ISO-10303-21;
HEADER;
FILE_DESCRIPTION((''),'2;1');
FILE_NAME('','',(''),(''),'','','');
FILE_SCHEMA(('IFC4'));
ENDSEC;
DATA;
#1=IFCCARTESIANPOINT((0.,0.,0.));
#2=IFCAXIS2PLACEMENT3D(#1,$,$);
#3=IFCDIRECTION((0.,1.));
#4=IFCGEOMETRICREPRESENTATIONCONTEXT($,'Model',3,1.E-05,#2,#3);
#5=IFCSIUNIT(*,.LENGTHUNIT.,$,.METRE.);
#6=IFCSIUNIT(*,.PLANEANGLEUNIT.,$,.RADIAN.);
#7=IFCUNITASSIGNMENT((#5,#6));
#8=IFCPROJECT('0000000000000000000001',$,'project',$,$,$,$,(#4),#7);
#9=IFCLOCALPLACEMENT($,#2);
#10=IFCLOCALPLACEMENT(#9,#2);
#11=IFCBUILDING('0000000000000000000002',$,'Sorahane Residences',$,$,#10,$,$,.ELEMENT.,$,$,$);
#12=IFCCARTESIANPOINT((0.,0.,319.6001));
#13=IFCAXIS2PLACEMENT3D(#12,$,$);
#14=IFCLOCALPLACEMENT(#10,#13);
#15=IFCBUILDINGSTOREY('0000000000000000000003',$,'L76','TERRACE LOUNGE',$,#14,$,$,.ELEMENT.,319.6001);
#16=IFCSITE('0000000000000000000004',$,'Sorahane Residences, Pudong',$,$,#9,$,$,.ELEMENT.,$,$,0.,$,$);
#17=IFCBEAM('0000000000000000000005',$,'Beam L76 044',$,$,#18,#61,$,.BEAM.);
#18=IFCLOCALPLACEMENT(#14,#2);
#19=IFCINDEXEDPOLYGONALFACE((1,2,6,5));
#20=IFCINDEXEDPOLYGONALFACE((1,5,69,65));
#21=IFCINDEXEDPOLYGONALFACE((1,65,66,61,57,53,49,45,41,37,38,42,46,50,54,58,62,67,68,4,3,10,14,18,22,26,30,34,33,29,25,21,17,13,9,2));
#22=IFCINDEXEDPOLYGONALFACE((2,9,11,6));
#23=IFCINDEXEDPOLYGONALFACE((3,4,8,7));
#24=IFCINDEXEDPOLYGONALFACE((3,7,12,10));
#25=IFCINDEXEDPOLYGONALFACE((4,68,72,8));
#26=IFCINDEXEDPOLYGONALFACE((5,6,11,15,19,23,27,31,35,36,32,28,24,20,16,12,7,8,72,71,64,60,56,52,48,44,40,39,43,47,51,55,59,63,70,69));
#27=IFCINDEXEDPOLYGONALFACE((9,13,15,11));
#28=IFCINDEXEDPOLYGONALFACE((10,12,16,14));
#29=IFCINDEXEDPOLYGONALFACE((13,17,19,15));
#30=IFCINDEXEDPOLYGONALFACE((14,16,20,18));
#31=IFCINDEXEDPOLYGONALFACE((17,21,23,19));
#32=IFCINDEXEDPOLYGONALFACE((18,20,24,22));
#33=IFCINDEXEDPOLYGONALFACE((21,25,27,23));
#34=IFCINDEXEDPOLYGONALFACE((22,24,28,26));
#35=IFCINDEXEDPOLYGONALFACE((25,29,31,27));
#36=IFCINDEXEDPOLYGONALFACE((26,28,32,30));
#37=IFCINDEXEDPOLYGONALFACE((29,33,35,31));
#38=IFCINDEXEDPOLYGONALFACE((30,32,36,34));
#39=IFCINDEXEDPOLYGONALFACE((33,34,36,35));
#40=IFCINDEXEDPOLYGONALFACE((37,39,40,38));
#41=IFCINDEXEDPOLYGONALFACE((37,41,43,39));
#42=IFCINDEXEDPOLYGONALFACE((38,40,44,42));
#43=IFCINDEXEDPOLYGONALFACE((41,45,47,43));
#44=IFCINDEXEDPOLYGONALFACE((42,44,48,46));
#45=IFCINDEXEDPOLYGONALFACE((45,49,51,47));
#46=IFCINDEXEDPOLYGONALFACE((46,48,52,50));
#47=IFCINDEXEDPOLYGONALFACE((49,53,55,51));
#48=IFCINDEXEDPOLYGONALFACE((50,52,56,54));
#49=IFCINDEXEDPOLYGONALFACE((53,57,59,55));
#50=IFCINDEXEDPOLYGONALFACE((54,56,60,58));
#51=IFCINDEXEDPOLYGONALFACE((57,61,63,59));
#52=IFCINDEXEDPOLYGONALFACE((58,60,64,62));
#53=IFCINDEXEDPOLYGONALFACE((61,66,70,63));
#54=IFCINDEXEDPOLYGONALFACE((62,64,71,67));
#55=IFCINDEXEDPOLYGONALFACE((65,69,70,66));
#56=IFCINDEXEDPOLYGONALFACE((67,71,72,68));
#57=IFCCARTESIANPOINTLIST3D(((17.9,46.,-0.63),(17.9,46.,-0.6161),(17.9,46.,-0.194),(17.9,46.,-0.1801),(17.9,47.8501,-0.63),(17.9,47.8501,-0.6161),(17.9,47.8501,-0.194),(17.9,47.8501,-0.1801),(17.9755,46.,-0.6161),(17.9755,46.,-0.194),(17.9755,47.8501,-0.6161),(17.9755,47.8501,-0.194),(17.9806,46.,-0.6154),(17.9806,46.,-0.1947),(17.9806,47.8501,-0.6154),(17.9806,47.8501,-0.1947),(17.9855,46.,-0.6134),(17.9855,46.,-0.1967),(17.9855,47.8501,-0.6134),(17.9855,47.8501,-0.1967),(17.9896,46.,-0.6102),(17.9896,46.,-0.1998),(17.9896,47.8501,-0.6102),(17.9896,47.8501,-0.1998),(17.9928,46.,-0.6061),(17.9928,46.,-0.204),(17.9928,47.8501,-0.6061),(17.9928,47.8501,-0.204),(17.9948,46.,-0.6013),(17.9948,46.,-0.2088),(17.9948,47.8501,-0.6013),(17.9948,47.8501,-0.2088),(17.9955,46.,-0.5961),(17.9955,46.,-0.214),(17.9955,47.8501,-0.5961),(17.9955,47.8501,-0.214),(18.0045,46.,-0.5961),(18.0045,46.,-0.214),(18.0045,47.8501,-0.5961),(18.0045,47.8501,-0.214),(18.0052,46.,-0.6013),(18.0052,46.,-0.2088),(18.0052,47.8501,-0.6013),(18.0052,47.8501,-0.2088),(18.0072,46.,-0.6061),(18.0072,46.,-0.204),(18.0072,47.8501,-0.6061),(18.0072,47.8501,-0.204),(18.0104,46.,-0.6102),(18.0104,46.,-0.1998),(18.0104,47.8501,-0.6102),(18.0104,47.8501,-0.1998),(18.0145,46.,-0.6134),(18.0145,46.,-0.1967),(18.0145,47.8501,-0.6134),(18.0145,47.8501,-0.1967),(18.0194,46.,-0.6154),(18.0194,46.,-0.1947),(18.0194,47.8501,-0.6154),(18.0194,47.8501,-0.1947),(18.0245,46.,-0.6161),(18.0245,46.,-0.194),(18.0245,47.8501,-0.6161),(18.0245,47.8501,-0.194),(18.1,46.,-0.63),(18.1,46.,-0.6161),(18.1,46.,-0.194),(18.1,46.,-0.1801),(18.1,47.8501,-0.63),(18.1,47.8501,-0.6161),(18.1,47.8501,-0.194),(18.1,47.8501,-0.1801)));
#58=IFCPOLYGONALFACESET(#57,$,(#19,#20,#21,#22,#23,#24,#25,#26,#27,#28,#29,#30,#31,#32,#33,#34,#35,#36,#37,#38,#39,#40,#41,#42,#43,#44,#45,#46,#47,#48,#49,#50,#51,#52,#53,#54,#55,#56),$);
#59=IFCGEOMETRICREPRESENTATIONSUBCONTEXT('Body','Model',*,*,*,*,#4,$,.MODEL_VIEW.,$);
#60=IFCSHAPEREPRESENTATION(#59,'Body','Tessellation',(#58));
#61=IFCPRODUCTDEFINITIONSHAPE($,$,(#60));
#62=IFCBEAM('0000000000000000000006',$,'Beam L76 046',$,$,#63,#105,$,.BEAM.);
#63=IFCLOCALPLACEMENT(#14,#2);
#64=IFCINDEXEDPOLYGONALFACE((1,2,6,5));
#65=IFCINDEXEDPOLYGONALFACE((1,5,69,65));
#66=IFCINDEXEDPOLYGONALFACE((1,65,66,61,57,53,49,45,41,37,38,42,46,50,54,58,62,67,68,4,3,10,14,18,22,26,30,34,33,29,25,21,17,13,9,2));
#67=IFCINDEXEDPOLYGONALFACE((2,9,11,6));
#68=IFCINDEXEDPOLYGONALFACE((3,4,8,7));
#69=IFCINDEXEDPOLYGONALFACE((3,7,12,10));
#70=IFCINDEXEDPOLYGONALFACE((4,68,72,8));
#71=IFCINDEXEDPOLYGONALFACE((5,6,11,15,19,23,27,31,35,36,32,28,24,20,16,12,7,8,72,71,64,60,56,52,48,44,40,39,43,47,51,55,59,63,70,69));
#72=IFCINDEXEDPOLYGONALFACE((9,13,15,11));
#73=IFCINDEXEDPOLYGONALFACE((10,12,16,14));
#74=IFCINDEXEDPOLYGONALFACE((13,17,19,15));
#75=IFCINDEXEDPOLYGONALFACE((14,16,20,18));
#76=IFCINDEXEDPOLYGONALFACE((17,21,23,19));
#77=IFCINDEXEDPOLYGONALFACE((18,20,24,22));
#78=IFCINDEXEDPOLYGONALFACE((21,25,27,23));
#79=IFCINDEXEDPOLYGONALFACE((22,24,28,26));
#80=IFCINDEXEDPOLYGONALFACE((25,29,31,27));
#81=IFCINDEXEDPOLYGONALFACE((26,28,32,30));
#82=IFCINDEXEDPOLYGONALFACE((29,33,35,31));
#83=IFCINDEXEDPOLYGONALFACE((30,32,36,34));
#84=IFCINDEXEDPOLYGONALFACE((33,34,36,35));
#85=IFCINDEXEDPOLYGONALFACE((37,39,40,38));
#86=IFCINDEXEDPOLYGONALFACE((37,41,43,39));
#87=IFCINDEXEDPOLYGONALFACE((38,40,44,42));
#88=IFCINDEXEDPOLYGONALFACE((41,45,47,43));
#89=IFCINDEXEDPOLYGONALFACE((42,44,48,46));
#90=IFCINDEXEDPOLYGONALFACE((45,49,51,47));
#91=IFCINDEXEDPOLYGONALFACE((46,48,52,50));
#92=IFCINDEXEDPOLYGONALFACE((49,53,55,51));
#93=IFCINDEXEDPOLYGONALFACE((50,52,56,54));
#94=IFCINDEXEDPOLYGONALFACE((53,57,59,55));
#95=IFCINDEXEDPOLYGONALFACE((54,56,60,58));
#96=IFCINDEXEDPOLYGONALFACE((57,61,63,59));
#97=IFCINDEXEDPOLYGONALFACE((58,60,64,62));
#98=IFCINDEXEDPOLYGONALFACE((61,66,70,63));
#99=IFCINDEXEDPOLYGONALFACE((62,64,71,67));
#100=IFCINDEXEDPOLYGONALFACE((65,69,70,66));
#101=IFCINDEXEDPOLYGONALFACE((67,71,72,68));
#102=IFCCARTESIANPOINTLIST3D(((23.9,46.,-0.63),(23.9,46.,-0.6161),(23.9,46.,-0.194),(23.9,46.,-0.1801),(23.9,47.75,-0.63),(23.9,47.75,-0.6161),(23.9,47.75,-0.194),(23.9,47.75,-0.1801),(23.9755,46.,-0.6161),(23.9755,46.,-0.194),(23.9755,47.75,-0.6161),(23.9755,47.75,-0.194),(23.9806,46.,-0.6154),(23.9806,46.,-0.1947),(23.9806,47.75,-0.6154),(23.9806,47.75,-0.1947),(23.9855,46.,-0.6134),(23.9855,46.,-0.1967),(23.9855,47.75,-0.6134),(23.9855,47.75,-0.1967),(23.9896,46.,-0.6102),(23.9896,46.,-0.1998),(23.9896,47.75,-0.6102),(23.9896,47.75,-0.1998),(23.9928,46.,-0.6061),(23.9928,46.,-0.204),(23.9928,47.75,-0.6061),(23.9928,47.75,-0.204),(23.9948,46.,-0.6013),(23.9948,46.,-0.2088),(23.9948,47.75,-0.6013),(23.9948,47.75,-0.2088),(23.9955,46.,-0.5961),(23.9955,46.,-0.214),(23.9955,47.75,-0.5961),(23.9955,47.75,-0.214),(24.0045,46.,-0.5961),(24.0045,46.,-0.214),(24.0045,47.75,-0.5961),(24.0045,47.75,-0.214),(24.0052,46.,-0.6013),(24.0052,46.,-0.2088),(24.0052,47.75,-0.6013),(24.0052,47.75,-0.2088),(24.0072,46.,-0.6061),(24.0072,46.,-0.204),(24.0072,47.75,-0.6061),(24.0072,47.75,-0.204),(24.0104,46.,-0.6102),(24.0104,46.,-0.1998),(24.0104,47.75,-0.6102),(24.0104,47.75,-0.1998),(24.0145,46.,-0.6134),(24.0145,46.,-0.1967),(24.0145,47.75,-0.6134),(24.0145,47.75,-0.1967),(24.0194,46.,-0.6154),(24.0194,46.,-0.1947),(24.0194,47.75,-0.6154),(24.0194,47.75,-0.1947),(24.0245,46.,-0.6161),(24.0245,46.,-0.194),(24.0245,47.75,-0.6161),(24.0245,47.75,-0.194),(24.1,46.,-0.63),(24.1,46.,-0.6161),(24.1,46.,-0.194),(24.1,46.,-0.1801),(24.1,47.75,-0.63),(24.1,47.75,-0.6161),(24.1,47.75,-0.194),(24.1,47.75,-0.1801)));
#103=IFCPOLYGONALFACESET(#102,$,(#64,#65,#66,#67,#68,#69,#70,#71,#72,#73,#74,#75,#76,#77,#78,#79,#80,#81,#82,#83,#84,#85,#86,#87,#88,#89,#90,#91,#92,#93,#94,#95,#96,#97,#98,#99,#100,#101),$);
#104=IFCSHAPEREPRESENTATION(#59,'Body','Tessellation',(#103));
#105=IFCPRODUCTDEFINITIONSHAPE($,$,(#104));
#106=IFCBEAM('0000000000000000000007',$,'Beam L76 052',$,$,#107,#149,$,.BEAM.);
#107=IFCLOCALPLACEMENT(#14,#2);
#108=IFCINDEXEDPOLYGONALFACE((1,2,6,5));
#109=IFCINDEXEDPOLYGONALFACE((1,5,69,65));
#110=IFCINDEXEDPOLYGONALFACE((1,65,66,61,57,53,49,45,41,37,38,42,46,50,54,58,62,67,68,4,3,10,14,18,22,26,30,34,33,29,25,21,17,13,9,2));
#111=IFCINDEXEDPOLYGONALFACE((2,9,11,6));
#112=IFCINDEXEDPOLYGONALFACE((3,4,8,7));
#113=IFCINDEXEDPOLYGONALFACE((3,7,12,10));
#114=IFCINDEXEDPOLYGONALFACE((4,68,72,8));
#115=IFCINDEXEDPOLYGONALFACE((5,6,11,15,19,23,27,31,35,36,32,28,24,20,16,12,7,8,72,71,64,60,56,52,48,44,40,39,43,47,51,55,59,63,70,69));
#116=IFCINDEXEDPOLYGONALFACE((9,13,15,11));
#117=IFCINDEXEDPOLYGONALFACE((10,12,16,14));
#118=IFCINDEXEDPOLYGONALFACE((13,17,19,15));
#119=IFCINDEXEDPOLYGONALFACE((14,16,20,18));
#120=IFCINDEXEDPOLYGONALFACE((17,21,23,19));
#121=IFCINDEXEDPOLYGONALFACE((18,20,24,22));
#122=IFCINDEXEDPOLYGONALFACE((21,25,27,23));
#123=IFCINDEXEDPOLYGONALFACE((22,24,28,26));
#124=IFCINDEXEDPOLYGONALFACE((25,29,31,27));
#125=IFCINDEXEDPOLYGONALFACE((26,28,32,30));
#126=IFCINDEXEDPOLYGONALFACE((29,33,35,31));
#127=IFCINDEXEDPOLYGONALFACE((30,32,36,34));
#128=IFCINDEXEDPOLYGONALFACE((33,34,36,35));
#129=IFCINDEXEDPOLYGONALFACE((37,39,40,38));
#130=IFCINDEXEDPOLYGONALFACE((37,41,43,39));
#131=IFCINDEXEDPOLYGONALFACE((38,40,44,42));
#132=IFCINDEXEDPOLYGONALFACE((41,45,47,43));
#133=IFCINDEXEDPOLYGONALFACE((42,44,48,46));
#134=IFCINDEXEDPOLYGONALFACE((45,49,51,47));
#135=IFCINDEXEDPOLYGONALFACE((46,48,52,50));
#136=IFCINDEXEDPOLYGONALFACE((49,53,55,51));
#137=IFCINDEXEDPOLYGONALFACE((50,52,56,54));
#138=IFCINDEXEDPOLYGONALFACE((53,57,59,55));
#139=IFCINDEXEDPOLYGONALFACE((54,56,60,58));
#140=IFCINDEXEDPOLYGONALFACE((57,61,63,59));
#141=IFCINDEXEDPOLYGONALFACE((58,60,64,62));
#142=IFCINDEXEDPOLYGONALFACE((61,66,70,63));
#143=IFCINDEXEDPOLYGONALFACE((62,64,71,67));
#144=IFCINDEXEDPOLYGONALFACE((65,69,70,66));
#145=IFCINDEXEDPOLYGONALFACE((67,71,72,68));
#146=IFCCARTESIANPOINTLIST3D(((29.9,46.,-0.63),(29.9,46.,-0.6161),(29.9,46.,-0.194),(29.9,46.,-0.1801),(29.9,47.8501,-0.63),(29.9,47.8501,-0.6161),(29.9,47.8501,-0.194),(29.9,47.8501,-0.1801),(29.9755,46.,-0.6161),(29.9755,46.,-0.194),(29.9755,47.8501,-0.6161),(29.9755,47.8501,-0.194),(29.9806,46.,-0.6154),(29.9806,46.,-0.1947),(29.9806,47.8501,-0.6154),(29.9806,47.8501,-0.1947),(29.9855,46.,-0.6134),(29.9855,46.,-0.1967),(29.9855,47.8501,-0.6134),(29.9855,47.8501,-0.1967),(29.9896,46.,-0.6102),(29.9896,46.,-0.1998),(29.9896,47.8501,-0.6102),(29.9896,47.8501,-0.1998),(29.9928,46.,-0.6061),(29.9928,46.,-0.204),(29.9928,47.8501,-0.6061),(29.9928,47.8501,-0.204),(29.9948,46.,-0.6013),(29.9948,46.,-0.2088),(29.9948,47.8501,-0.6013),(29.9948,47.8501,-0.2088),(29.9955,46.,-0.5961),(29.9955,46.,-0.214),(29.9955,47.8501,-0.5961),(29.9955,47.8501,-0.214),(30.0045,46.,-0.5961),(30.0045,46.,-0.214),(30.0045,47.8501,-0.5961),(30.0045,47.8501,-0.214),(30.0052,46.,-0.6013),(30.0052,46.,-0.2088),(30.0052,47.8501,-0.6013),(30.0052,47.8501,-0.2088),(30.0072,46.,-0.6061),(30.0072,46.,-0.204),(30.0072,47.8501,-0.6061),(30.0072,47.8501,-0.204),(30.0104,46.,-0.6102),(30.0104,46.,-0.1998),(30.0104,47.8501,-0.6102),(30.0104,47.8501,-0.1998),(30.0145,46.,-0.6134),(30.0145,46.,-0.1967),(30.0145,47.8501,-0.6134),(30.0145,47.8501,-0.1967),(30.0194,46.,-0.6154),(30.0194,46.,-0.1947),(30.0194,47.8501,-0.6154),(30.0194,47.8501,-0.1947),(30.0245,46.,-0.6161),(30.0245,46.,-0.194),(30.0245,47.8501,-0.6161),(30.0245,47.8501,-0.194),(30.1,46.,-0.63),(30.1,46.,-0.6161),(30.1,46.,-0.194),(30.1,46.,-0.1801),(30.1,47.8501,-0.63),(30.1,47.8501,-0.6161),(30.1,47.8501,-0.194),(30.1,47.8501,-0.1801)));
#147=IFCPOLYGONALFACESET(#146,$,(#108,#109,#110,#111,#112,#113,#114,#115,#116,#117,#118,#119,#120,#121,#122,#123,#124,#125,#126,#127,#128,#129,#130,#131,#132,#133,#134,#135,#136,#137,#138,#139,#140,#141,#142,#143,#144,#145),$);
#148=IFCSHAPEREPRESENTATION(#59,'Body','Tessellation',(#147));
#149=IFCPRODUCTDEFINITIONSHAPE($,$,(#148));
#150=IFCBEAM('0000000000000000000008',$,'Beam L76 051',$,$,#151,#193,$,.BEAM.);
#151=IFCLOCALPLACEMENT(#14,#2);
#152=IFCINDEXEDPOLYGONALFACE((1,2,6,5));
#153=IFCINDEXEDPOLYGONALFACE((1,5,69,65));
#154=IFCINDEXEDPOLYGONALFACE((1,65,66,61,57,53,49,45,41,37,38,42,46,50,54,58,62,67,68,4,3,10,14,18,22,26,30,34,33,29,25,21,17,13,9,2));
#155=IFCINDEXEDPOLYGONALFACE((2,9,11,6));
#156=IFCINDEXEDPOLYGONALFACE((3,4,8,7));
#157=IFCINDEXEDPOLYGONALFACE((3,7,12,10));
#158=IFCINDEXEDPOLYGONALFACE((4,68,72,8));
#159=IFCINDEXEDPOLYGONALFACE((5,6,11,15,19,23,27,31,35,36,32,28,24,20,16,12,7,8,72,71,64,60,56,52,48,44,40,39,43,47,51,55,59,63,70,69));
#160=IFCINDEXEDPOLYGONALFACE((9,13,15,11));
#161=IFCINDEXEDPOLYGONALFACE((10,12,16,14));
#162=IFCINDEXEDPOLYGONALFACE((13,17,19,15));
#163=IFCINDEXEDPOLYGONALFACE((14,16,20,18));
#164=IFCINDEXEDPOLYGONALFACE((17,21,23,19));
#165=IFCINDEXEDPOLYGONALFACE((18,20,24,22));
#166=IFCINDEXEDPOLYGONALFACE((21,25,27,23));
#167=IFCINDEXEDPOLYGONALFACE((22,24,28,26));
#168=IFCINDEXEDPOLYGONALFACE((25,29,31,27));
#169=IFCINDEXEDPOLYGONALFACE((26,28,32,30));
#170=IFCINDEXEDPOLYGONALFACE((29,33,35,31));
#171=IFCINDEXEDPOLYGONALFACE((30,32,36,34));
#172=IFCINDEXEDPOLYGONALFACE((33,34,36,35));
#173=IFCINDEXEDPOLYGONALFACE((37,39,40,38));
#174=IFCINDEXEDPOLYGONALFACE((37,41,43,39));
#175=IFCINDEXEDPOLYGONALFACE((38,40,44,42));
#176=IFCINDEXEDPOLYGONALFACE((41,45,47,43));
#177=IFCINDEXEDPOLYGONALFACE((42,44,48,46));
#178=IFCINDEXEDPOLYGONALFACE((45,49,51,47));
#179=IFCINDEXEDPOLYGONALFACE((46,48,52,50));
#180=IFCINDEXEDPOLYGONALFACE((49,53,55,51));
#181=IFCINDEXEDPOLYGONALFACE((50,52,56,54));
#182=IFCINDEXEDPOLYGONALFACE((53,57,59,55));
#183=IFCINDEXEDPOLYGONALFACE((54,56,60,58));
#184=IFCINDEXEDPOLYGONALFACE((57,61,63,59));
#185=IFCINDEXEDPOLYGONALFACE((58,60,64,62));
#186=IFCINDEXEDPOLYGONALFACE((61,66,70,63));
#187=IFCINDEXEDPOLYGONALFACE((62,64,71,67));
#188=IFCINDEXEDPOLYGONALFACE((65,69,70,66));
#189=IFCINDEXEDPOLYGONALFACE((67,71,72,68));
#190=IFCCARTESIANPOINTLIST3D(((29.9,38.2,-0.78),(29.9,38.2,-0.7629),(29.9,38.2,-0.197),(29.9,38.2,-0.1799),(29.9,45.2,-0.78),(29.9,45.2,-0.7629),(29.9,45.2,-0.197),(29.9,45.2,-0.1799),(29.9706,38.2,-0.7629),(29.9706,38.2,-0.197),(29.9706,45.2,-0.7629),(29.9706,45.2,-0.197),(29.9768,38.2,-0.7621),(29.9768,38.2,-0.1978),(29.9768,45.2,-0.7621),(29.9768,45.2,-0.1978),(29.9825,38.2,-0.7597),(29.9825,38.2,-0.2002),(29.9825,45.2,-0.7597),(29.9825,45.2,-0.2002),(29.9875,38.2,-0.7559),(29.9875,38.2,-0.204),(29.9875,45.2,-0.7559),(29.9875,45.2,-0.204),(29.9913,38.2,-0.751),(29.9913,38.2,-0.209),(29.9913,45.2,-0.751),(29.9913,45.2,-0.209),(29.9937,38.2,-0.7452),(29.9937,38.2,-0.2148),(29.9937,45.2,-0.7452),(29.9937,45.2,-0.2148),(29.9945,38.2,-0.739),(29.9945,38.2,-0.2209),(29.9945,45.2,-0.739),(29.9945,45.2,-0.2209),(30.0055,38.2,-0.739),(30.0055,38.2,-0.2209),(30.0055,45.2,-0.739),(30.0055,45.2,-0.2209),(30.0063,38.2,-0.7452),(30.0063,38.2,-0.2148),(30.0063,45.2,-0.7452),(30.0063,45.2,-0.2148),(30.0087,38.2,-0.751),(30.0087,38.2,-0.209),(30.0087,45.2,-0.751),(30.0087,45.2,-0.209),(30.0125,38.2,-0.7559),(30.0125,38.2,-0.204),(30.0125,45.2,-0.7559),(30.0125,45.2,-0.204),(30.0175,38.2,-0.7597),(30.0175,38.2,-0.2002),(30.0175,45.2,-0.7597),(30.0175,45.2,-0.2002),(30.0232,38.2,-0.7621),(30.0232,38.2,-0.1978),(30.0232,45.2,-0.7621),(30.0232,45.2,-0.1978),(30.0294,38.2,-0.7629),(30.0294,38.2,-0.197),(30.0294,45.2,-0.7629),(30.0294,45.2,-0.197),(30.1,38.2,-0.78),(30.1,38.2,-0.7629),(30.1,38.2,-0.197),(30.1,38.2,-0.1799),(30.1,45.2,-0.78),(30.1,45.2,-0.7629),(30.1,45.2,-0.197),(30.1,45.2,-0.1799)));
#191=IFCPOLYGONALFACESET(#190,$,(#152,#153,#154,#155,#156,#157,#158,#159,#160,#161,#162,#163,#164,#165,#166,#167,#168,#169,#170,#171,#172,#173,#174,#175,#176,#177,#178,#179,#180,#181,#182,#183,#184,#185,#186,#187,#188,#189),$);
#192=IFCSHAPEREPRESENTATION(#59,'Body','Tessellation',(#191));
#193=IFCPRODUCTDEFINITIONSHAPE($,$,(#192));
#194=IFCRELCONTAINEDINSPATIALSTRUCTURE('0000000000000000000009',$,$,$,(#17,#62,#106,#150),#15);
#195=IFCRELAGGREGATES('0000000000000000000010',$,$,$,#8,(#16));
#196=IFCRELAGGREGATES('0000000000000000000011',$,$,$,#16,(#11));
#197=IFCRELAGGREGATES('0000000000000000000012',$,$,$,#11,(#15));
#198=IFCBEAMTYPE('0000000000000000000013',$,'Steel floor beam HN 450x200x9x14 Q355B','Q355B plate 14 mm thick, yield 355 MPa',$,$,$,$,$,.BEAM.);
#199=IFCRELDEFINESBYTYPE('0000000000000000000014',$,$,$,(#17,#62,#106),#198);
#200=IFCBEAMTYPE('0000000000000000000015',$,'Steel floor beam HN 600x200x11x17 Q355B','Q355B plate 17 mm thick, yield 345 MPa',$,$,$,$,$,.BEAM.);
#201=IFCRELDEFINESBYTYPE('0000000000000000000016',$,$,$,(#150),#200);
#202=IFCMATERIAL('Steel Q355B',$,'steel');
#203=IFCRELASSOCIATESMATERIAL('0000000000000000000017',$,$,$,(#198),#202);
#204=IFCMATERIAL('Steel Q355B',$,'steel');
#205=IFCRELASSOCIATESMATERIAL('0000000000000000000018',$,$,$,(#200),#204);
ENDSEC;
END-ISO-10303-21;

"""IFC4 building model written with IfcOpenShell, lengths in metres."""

from ifc_helpers import new_model, si_unit, direction, frame, origin, origin_2d, place, context, subcontext, project, spatial, i_section, extrude, material, material_profile, profile_set, type_object, element, save


model = new_model("IFC4")

# Units and contexts
model_context = context("Model", 3, precision=1e-05, world=origin(), true_north=direction((0.0, 1.0)))
body_context = subcontext(model_context, "Body", "Model", "MODEL_VIEW")
ifc_project = project(units=[si_unit("LENGTHUNIT", "METRE"), si_unit("PLANEANGLEUNIT", "RADIAN")], contexts=[model_context])

# Site, building, storey
site_placement = place(None, origin())
site = spatial("IfcSite", under=ifc_project, at=site_placement, Name="Sorahane Residences, Pudong", CompositionType="ELEMENT", RefElevation=0.0)
building_placement = place(site_placement, origin())
building = spatial("IfcBuilding", under=site, at=building_placement, Name="Sorahane Residences", CompositionType="ELEMENT")
storey_placement = place(building_placement, frame((0.0, 0.0, 319.6001)))
storey = spatial("IfcBuildingStorey", under=building, at=storey_placement, Name="L76", Description="TERRACE LOUNGE", CompositionType="ELEMENT", Elevation=319.6001)

# Beams
ifc_material_1 = material(Name="Steel Q355B", Category="steel")
ifc_material_profile_1 = material_profile(ifc_material_1, i_section(OverallWidth=0.2, OverallDepth=0.45, WebThickness=0.009, FlangeThickness=0.0139, FilletRadius=0.02, at=origin_2d()), Name="HN 450x200x9x14")
ifc_profile_set_1 = profile_set([ifc_material_profile_1], Name="Steel Q355B")
beam_type_1 = type_object("IfcBeamType", Name="Steel floor beam HN 450x200x9x14 Q355B", Description="Q355B plate 14 mm thick, yield 355 MPa", PredefinedType="BEAM", material=ifc_profile_set_1)
beam_1_placement = place(storey_placement, frame((18.0, 46.0, -0.405), z_axis=(0.0, 1.0, 0.0), x_axis=(-1.0, 0.0, 0.0)))
element("IfcBeam", 1, at=beam_1_placement, inside=storey, type_object=beam_type_1, Name="Beam L76 044", PredefinedType="BEAM", context=body_context, shape_type="SweptSolid", body=[
    extrude(i_section(OverallWidth=0.2, OverallDepth=0.45, WebThickness=0.009, FlangeThickness=0.0139, FilletRadius=0.02, at=origin_2d()), origin(), (0.0, 0.0, 1.0), 1.8501),
])
beam_2_placement = place(storey_placement, frame((24.0, 46.0, -0.405), z_axis=(0.0, 1.0, 0.0), x_axis=(-1.0, 0.0, 0.0)))
element("IfcBeam", 2, at=beam_2_placement, inside=storey, type_object=beam_type_1, Name="Beam L76 046", PredefinedType="BEAM", context=body_context, shape_type="SweptSolid", body=[
    extrude(i_section(OverallWidth=0.2, OverallDepth=0.45, WebThickness=0.009, FlangeThickness=0.0139, FilletRadius=0.02, at=origin_2d()), origin(), (0.0, 0.0, 1.0), 1.75),
])
beam_3_placement = place(storey_placement, frame((30.0, 46.0, -0.405), z_axis=(0.0, 1.0, 0.0), x_axis=(-1.0, 0.0, 0.0)))
element("IfcBeam", 3, at=beam_3_placement, inside=storey, type_object=beam_type_1, Name="Beam L76 052", PredefinedType="BEAM", context=body_context, shape_type="SweptSolid", body=[
    extrude(i_section(OverallWidth=0.2, OverallDepth=0.45, WebThickness=0.009, FlangeThickness=0.0139, FilletRadius=0.02, at=origin_2d()), origin(), (0.0, 0.0, 1.0), 1.8501),
])
ifc_material_2 = material(Name="Steel Q355B", Category="steel")
ifc_material_profile_2 = material_profile(ifc_material_2, i_section(OverallWidth=0.2, OverallDepth=0.6001, WebThickness=0.011, FlangeThickness=0.0171, FilletRadius=0.0239, at=origin_2d()), Name="HN 600x200x11x17")
ifc_profile_set_2 = profile_set([ifc_material_profile_2], Name="Steel Q355B")
beam_type_2 = type_object("IfcBeamType", Name="Steel floor beam HN 600x200x11x17 Q355B", Description="Q355B plate 17 mm thick, yield 345 MPa", PredefinedType="BEAM", material=ifc_profile_set_2)
beam_4_placement = place(storey_placement, frame((30.0, 38.2, -0.48), z_axis=(0.0, 1.0, 0.0), x_axis=(-1.0, 0.0, 0.0)))
element("IfcBeam", 4, at=beam_4_placement, inside=storey, type_object=beam_type_2, Name="Beam L76 051", PredefinedType="BEAM", context=body_context, shape_type="SweptSolid", body=[
    extrude(i_section(OverallWidth=0.2, OverallDepth=0.6001, WebThickness=0.011, FlangeThickness=0.0171, FilletRadius=0.0239, at=origin_2d()), origin(), (0.0, 0.0, 1.0), 7.0),
])

save(model, "model.ifc")
